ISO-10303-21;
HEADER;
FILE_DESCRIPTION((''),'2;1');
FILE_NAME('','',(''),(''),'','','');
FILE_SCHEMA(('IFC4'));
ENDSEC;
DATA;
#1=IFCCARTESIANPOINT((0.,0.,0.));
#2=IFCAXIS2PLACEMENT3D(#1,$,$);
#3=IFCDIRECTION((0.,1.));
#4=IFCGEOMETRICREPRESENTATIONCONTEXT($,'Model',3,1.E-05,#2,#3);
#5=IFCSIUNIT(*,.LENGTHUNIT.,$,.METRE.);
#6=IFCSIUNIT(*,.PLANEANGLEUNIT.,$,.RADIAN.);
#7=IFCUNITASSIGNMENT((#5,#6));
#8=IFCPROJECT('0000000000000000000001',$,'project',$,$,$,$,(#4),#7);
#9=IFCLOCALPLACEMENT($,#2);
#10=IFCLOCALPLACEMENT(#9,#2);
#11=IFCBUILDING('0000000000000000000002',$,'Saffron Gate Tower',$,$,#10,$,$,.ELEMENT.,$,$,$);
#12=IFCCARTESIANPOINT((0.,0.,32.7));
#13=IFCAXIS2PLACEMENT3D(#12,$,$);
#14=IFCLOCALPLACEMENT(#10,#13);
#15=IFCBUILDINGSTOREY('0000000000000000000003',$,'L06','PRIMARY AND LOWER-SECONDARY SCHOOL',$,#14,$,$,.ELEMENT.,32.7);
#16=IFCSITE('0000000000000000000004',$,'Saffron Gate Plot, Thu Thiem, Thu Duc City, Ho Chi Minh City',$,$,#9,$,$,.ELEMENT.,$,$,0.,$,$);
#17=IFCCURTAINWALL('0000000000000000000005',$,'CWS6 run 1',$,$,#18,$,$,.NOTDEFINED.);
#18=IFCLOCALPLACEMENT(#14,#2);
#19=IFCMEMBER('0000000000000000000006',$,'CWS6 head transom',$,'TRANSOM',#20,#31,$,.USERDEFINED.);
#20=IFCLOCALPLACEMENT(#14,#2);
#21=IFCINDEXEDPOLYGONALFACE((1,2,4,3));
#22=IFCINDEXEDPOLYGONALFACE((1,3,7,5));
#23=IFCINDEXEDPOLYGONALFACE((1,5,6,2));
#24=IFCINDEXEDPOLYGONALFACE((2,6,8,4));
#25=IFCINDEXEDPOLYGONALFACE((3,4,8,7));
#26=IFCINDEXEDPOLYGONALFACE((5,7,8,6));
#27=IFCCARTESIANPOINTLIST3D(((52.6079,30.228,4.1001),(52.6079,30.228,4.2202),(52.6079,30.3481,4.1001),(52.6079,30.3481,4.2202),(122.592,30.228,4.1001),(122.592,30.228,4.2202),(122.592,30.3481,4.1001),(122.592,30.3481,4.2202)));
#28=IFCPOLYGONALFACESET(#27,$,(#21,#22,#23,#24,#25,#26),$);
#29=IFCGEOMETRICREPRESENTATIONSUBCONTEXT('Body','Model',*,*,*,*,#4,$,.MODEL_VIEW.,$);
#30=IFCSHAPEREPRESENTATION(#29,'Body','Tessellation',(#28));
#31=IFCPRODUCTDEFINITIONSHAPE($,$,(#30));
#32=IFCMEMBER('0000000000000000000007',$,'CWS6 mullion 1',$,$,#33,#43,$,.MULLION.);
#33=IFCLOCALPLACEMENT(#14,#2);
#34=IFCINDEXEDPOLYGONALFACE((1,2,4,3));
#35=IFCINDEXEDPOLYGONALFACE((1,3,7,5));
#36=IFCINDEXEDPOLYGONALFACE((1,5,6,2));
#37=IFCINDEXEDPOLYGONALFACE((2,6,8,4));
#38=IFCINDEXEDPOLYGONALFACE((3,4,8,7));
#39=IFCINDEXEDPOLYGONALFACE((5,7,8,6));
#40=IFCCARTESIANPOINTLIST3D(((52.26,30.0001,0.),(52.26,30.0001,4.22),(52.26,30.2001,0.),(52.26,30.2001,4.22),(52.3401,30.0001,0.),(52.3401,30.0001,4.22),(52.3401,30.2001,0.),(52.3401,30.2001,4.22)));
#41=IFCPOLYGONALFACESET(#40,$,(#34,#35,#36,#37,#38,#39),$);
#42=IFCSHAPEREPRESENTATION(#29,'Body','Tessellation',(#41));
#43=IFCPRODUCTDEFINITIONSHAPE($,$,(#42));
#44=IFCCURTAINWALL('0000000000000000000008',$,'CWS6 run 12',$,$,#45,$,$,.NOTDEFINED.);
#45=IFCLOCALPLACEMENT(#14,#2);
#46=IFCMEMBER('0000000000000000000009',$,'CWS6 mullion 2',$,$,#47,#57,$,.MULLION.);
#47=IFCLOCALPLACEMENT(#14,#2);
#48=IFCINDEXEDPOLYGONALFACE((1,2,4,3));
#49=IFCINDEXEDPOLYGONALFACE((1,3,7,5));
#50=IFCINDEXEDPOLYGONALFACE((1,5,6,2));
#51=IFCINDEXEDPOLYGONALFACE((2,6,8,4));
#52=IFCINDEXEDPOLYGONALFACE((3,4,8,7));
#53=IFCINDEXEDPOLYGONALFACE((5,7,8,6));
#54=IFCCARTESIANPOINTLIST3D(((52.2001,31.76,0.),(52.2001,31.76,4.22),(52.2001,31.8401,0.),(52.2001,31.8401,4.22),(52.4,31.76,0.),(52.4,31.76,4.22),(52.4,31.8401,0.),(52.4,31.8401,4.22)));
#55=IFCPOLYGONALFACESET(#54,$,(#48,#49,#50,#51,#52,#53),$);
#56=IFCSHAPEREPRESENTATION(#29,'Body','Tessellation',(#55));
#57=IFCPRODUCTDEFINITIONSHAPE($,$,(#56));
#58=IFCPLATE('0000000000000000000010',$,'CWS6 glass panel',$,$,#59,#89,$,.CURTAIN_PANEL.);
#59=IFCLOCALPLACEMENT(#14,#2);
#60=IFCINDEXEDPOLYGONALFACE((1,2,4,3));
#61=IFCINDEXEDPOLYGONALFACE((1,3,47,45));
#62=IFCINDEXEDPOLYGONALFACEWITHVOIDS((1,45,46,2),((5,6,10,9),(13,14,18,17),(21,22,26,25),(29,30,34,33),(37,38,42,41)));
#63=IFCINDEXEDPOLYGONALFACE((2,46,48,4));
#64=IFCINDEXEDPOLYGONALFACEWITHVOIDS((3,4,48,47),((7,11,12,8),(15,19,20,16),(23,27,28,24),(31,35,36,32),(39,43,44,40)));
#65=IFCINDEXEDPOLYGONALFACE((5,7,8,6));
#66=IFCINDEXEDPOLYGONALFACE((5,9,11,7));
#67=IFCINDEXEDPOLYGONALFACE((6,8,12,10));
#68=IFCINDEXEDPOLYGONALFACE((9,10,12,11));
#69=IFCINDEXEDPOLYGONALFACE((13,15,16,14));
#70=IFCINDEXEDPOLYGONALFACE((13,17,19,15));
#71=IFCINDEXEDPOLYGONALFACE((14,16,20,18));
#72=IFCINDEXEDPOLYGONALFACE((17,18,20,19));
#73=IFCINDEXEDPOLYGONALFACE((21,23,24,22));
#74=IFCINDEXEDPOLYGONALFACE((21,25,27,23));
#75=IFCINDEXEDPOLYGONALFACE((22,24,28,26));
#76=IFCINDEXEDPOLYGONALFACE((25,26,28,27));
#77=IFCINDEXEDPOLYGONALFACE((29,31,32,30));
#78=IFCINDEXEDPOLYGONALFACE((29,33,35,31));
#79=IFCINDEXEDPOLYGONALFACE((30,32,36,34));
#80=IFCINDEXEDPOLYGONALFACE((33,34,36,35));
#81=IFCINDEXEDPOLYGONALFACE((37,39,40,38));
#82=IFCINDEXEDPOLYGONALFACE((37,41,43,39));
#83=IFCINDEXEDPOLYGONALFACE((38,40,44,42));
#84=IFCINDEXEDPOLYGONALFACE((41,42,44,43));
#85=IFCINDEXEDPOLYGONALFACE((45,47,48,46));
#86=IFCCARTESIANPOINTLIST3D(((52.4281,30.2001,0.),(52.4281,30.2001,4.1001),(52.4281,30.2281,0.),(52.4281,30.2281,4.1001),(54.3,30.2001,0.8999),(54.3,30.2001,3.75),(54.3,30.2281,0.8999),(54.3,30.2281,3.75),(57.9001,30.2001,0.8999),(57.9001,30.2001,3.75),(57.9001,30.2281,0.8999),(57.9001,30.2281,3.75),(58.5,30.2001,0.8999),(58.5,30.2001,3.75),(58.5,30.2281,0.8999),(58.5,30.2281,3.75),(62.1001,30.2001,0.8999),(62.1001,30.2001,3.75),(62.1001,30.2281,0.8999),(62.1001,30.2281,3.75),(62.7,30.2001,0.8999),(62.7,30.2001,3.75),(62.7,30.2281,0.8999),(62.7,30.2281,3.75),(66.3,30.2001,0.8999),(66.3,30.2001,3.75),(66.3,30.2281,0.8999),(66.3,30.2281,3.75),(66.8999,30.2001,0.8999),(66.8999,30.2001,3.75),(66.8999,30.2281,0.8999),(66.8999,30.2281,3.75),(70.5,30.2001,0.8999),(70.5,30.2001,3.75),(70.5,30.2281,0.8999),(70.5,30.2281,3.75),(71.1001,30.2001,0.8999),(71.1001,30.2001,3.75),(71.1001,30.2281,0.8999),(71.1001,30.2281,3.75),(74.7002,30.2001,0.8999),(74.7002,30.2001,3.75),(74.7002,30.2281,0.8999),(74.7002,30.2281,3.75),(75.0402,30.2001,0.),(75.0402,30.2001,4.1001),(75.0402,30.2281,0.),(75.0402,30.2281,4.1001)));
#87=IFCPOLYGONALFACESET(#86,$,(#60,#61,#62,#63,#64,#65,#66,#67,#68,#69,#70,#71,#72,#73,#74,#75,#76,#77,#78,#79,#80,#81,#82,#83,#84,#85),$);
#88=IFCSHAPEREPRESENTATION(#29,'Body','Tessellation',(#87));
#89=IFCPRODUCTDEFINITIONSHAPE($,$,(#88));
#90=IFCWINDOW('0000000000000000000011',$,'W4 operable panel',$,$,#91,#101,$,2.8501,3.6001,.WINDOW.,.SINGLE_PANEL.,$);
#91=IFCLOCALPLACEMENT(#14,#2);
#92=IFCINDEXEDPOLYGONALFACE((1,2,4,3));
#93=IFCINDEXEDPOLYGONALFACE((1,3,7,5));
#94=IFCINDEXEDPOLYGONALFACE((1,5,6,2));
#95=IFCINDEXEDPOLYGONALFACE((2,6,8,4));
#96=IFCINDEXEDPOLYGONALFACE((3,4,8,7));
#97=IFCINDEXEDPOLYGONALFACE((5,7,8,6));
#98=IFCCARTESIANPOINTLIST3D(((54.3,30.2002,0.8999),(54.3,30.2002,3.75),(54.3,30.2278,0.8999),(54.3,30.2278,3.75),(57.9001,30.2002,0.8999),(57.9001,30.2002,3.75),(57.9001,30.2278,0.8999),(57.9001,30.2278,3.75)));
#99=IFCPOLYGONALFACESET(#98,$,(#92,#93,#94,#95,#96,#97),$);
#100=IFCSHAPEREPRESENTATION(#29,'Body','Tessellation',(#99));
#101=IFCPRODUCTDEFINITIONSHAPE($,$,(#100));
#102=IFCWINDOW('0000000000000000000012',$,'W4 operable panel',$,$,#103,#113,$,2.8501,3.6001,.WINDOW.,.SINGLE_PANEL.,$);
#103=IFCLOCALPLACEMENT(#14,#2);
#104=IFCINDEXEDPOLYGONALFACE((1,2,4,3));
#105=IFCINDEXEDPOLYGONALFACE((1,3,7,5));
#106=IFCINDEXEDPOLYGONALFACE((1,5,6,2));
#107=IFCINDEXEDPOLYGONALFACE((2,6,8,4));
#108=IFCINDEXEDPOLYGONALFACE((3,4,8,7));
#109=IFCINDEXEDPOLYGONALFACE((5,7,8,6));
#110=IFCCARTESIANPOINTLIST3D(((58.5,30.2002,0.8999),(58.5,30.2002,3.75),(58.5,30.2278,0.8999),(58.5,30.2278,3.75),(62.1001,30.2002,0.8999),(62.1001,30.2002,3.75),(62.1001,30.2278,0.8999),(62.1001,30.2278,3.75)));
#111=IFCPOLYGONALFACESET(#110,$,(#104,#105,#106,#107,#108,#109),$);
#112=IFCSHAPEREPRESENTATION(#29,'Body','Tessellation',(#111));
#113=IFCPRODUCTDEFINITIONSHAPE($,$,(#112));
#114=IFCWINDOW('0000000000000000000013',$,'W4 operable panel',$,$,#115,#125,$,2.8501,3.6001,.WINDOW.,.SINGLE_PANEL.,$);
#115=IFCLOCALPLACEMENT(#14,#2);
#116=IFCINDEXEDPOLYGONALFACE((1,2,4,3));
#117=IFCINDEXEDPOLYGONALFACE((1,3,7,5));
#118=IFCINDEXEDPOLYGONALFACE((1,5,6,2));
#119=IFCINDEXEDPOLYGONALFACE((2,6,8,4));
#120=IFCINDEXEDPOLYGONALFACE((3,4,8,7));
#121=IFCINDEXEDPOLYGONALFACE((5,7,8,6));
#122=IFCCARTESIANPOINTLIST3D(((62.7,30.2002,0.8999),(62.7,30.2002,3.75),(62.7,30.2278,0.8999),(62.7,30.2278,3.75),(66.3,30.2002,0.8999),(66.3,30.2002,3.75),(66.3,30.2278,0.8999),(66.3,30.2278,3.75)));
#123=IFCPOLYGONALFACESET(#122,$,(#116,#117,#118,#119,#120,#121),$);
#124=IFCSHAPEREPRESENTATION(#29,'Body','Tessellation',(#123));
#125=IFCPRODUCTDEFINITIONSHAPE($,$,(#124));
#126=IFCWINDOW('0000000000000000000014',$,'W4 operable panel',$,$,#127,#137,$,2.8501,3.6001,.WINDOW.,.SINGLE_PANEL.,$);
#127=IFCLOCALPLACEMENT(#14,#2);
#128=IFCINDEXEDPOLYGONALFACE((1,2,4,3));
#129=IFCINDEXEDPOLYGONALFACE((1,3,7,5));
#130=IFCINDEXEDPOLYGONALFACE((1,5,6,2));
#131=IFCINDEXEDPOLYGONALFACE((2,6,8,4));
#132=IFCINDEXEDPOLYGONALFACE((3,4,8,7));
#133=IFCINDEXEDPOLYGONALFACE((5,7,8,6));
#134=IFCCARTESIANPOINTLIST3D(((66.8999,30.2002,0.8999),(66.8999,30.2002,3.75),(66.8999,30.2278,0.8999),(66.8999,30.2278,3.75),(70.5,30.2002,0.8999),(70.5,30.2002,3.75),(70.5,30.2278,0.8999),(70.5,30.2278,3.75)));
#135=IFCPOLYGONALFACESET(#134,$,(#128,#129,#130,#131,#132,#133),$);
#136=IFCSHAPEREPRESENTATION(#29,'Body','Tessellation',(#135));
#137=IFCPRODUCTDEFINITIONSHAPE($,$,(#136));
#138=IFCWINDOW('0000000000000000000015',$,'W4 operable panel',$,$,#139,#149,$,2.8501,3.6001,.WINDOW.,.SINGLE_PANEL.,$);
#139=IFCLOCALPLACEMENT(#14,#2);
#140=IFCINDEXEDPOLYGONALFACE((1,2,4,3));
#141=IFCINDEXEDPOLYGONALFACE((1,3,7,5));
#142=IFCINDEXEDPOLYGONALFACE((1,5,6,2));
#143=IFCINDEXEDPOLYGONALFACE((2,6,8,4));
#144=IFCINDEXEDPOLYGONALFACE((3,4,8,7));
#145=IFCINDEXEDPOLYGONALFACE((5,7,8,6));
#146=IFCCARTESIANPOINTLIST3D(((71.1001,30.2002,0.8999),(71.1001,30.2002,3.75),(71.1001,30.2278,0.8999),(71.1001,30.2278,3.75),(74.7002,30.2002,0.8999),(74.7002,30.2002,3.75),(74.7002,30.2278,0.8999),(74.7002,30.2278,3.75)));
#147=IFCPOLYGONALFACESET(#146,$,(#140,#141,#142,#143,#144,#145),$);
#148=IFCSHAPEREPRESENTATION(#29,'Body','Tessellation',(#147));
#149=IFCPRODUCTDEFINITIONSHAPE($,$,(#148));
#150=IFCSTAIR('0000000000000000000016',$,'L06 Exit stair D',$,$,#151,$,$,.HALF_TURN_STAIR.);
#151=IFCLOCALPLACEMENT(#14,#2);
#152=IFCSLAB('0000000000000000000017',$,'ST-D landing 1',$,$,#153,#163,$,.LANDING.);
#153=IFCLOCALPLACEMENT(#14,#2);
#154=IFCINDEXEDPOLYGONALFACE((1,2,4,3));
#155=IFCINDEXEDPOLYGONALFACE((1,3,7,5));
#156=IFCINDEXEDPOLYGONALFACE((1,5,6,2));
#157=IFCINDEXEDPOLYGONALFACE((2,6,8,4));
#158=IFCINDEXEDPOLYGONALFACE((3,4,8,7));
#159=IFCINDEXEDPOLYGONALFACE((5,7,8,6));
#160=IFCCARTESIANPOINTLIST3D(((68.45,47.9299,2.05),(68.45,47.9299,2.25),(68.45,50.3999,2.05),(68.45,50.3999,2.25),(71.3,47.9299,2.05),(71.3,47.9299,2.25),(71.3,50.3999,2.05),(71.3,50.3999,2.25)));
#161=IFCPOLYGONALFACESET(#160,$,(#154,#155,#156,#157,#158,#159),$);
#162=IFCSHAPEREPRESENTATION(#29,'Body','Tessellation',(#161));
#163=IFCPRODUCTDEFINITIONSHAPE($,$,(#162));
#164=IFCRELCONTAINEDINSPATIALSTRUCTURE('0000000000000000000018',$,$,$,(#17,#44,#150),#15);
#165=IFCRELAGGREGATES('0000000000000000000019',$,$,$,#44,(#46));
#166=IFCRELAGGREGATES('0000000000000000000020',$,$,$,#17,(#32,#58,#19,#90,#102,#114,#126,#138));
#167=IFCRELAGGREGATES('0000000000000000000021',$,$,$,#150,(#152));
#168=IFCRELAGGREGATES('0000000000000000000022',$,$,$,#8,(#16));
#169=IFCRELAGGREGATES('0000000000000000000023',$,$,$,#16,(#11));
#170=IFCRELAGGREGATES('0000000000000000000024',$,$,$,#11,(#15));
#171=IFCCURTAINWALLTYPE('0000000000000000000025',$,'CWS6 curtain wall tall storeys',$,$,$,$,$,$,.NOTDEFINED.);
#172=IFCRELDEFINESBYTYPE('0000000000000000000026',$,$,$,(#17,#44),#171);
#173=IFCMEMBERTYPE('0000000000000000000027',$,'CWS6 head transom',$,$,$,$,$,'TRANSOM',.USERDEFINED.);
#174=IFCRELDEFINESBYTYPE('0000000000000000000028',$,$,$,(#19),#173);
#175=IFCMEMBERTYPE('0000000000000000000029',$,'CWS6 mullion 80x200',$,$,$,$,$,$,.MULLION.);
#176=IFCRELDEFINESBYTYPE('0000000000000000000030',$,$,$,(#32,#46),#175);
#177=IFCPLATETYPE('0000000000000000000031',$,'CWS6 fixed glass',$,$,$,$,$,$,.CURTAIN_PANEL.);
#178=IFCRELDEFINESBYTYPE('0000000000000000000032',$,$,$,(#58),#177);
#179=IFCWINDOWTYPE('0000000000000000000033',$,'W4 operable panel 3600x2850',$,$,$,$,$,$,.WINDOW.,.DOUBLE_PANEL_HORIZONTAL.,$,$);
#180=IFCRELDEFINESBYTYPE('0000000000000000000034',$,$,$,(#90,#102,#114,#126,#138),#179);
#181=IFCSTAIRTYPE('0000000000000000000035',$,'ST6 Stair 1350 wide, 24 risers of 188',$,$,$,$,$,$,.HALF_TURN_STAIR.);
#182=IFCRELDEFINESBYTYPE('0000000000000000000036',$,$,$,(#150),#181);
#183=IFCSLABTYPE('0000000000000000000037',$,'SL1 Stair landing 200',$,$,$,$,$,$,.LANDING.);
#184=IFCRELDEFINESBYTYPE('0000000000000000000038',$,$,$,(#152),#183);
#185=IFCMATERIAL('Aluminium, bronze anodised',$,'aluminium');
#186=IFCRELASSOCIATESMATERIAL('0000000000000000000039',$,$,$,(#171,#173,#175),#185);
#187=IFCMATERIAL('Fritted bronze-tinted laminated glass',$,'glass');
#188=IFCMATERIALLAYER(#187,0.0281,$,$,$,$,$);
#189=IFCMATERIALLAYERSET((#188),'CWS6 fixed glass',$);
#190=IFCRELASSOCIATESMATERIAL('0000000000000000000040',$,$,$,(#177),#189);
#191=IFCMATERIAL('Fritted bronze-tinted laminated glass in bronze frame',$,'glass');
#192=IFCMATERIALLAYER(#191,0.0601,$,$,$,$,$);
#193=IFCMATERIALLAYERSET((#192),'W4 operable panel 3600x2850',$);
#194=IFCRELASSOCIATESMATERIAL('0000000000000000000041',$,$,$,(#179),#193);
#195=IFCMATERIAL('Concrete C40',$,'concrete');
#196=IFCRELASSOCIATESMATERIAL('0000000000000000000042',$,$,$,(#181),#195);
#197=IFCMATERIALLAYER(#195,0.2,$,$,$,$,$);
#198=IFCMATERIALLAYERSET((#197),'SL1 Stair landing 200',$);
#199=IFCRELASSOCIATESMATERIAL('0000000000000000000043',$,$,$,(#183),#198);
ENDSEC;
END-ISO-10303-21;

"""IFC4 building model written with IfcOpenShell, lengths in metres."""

from ifc_helpers import new_model, si_unit, direction, frame, frame_2d, origin, origin_2d, place, context, subcontext, project, spatial, polyline, rectangle, outline, extrude, material, layer, layer_set, material_profile, profile_set, type_object, element, fill, aggregate, save


model = new_model("IFC4")

# Units and contexts
model_context = context("Model", 3, precision=1e-05, world=origin(), true_north=direction((0.0, 1.0)))
body_context = subcontext(model_context, "Body", "Model", "MODEL_VIEW")
ifc_project = project(units=[si_unit("LENGTHUNIT", "METRE"), si_unit("PLANEANGLEUNIT", "RADIAN")], contexts=[model_context])

# Site, building, storey
site_placement = place(None, origin())
site = spatial("IfcSite", under=ifc_project, at=site_placement, Name="Saffron Gate Plot, Thu Thiem, Thu Duc City, Ho Chi Minh City", CompositionType="ELEMENT", RefElevation=0.0)
building_placement = place(site_placement, origin())
building = spatial("IfcBuilding", under=site, at=building_placement, Name="Saffron Gate Tower", CompositionType="ELEMENT")
storey_placement = place(building_placement, frame((0.0, 0.0, 32.7)))
storey = spatial("IfcBuildingStorey", under=building, at=storey_placement, Name="L06", Description="PRIMARY AND LOWER-SECONDARY SCHOOL", CompositionType="ELEMENT", Elevation=32.7)

# Curtain wall, members
ifc_material_1 = material(Name="Aluminium, bronze anodised", Category="aluminium")
curtain_wall_type = type_object("IfcCurtainWallType", Name="CWS6 curtain wall tall storeys", PredefinedType="NOTDEFINED", material=ifc_material_1)
curtain_wall_1_placement = place(storey_placement, origin())
curtain_wall_1 = element("IfcCurtainWall", 1, at=curtain_wall_1_placement, inside=storey, type_object=curtain_wall_type, Name="CWS6 run 1", PredefinedType="NOTDEFINED")
ifc_material_profile_1 = material_profile(ifc_material_1, rectangle(XDim=0.1201, YDim=0.1201, at=origin_2d()))
ifc_profile_set_1 = profile_set([ifc_material_profile_1], Name="Aluminium, bronze anodised")
member_type_1 = type_object("IfcMemberType", Name="CWS6 head transom", ElementType="TRANSOM", PredefinedType="USERDEFINED", material=ifc_profile_set_1)
member_1_placement = place(storey_placement, frame((52.6079, 30.2881, 4.1602), z_axis=(1.0, 0.0, 0.0), x_axis=(0.0, 1.0, 0.0)))
member_1 = element("IfcMember", 2, at=member_1_placement, type_object=member_type_1, Name="CWS6 head transom", ObjectType="TRANSOM", PredefinedType="USERDEFINED", context=body_context, shape_type="SweptSolid", body=[
    extrude(rectangle(XDim=0.1201, YDim=0.1201, at=origin_2d()), origin(), (0.0, 0.0, 1.0), 69.9841),
])
ifc_material_profile_2 = material_profile(ifc_material_1, rectangle(XDim=0.2, YDim=0.0801, at=origin_2d()))
ifc_profile_set_2 = profile_set([ifc_material_profile_2], Name="Aluminium, bronze anodised")
member_type_2 = type_object("IfcMemberType", Name="CWS6 mullion 80x200", PredefinedType="MULLION", material=ifc_profile_set_2)
member_2_placement = place(storey_placement, frame((52.3, 30.1001, 0.0), z_axis=(0.0, 0.0, 1.0), x_axis=(0.0, 1.0, 0.0)))
member_2 = element("IfcMember", 3, at=member_2_placement, type_object=member_type_2, Name="CWS6 mullion 1", PredefinedType="MULLION", context=body_context, shape_type="SweptSolid", body=[
    extrude(rectangle(XDim=0.2, YDim=0.0801, at=origin_2d()), origin(), (0.0, 0.0, 1.0), 4.22),
])

# Curtain wall, member
curtain_wall_2_placement = place(storey_placement, origin())
curtain_wall_2 = element("IfcCurtainWall", 4, at=curtain_wall_2_placement, inside=storey, type_object=curtain_wall_type, Name="CWS6 run 12", PredefinedType="NOTDEFINED")
member_3_placement = place(storey_placement, frame((52.3, 31.8, 0.0), z_axis=(0.0, 0.0, 1.0), x_axis=(1.0, 0.0, 0.0)))
member_3 = element("IfcMember", 5, at=member_3_placement, type_object=member_type_2, Name="CWS6 mullion 2", PredefinedType="MULLION", context=body_context, shape_type="SweptSolid", body=[
    extrude(rectangle(XDim=0.2, YDim=0.0801, at=origin_2d()), origin(), (0.0, 0.0, 1.0), 4.22),
])
aggregate(curtain_wall_2, [member_3])

# Plate, openings, windows
ifc_material_2 = material(Name="Fritted bronze-tinted laminated glass", Category="glass")
ifc_layer_1 = layer(ifc_material_2, 0.0281)
ifc_layer_set_1 = layer_set([ifc_layer_1], Name="CWS6 fixed glass")
plate_type = type_object("IfcPlateType", Name="CWS6 fixed glass", PredefinedType="CURTAIN_PANEL", material=ifc_layer_set_1)
plate_placement = place(storey_placement, frame((52.428, 30.2141, 0.0), z_axis=(0.0, 0.0, 1.0), x_axis=(1.0, 0.0, 0.0)))
plate = element("IfcPlate", 6, at=plate_placement, type_object=plate_type, Name="CWS6 glass panel", PredefinedType="CURTAIN_PANEL", context=body_context, shape_type="SweptSolid", body=[
    extrude(rectangle(XDim=22.6121, YDim=0.0281, at=frame_2d((11.3062, 0.0))), origin(), (0.0, 0.0, 1.0), 4.1001),
])
opening_1_placement = place(plate_placement, frame((1.8721, 0.0, 0.8999)))
opening_1 = element("IfcOpeningElement", 7, at=opening_1_placement, cuts=plate, PredefinedType="OPENING", context=body_context, shape_type="SweptSolid", body=[
    extrude(rectangle(XDim=3.6001, YDim=2.8501, at=frame_2d((1.8, 1.425))), frame((0.0, 0.0239, 0.0), z_axis=(0.0, -1.0, 0.0), x_axis=(1.0, 0.0, 0.0)), (0.0, 0.0, 1.0), 0.0481),
])
opening_2_placement = place(plate_placement, frame((6.072, 0.0, 0.8999)))
opening_2 = element("IfcOpeningElement", 8, at=opening_2_placement, cuts=plate, PredefinedType="OPENING", context=body_context, shape_type="SweptSolid", body=[
    extrude(rectangle(XDim=3.6001, YDim=2.8501, at=frame_2d((1.8, 1.425))), frame((0.0, 0.0239, 0.0), z_axis=(0.0, -1.0, 0.0), x_axis=(1.0, 0.0, 0.0)), (0.0, 0.0, 1.0), 0.0481),
])
opening_3_placement = place(plate_placement, frame((10.272, 0.0, 0.8999)))
opening_3 = element("IfcOpeningElement", 9, at=opening_3_placement, cuts=plate, PredefinedType="OPENING", context=body_context, shape_type="SweptSolid", body=[
    extrude(rectangle(XDim=3.6001, YDim=2.8501, at=frame_2d((1.8, 1.425))), frame((0.0, 0.0239, 0.0), z_axis=(0.0, -1.0, 0.0), x_axis=(1.0, 0.0, 0.0)), (0.0, 0.0, 1.0), 0.0481),
])
opening_4_placement = place(plate_placement, frame((14.4719, 0.0, 0.8999)))
opening_4 = element("IfcOpeningElement", 10, at=opening_4_placement, cuts=plate, PredefinedType="OPENING", context=body_context, shape_type="SweptSolid", body=[
    extrude(rectangle(XDim=3.6001, YDim=2.8501, at=frame_2d((1.8, 1.425))), frame((0.0, 0.0239, 0.0), z_axis=(0.0, -1.0, 0.0), x_axis=(1.0, 0.0, 0.0)), (0.0, 0.0, 1.0), 0.0481),
])
opening_5_placement = place(plate_placement, frame((18.6721, 0.0, 0.8999)))
opening_5 = element("IfcOpeningElement", 11, at=opening_5_placement, cuts=plate, PredefinedType="OPENING", context=body_context, shape_type="SweptSolid", body=[
    extrude(rectangle(XDim=3.6001, YDim=2.8501, at=frame_2d((1.8, 1.425))), frame((0.0, 0.0239, 0.0), z_axis=(0.0, -1.0, 0.0), x_axis=(1.0, 0.0, 0.0)), (0.0, 0.0, 1.0), 0.0481),
])
ifc_material_3 = material(Name="Fritted bronze-tinted laminated glass in bronze frame", Category="glass")
ifc_layer_2 = layer(ifc_material_3, 0.0601)
ifc_layer_set_2 = layer_set([ifc_layer_2], Name="W4 operable panel 3600x2850")
window_type = type_object("IfcWindowType", Name="W4 operable panel 3600x2850", PartitioningType="DOUBLE_PANEL_HORIZONTAL", PredefinedType="WINDOW", material=ifc_layer_set_2)
window_1_placement = place(opening_1_placement, origin())
window_1 = element("IfcWindow", 12, at=window_1_placement, type_object=window_type, Name="W4 operable panel", OverallHeight=2.8501, OverallWidth=3.6001, PartitioningType="SINGLE_PANEL", PredefinedType="WINDOW", context=body_context, shape_type="SweptSolid", body=[
    extrude(rectangle(XDim=3.6001, YDim=2.8501, at=frame_2d((1.8, 1.425))), frame((0.0, 0.0137, 0.0), z_axis=(0.0, -1.0, 0.0), x_axis=(1.0, 0.0, 0.0)), (0.0, 0.0, 1.0), 0.0276),
])
fill(opening_1, window_1)
window_2_placement = place(opening_2_placement, origin())
window_2 = element("IfcWindow", 13, at=window_2_placement, type_object=window_type, Name="W4 operable panel", OverallHeight=2.8501, OverallWidth=3.6001, PartitioningType="SINGLE_PANEL", PredefinedType="WINDOW", context=body_context, shape_type="SweptSolid", body=[
    extrude(rectangle(XDim=3.6001, YDim=2.8501, at=frame_2d((1.8, 1.425))), frame((0.0, 0.0137, 0.0), z_axis=(0.0, -1.0, 0.0), x_axis=(1.0, 0.0, 0.0)), (0.0, 0.0, 1.0), 0.0276),
])
fill(opening_2, window_2)
window_3_placement = place(opening_3_placement, origin())
window_3 = element("IfcWindow", 14, at=window_3_placement, type_object=window_type, Name="W4 operable panel", OverallHeight=2.8501, OverallWidth=3.6001, PartitioningType="SINGLE_PANEL", PredefinedType="WINDOW", context=body_context, shape_type="SweptSolid", body=[
    extrude(rectangle(XDim=3.6001, YDim=2.8501, at=frame_2d((1.8, 1.425))), frame((0.0, 0.0137, 0.0), z_axis=(0.0, -1.0, 0.0), x_axis=(1.0, 0.0, 0.0)), (0.0, 0.0, 1.0), 0.0276),
])
fill(opening_3, window_3)
window_4_placement = place(opening_4_placement, origin())
window_4 = element("IfcWindow", 15, at=window_4_placement, type_object=window_type, Name="W4 operable panel", OverallHeight=2.8501, OverallWidth=3.6001, PartitioningType="SINGLE_PANEL", PredefinedType="WINDOW", context=body_context, shape_type="SweptSolid", body=[
    extrude(rectangle(XDim=3.6001, YDim=2.8501, at=frame_2d((1.8, 1.425))), frame((0.0, 0.0137, 0.0), z_axis=(0.0, -1.0, 0.0), x_axis=(1.0, 0.0, 0.0)), (0.0, 0.0, 1.0), 0.0276),
])
fill(opening_4, window_4)
window_5_placement = place(opening_5_placement, origin())
window_5 = element("IfcWindow", 16, at=window_5_placement, type_object=window_type, Name="W4 operable panel", OverallHeight=2.8501, OverallWidth=3.6001, PartitioningType="SINGLE_PANEL", PredefinedType="WINDOW", context=body_context, shape_type="SweptSolid", body=[
    extrude(rectangle(XDim=3.6001, YDim=2.8501, at=frame_2d((1.8, 1.425))), frame((0.0, 0.0137, 0.0), z_axis=(0.0, -1.0, 0.0), x_axis=(1.0, 0.0, 0.0)), (0.0, 0.0, 1.0), 0.0276),
])
fill(opening_5, window_5)
aggregate(curtain_wall_1, [member_2, plate, member_1, window_1, window_2, window_3, window_4, window_5])

# Stair, slab
ifc_material_4 = material(Name="Concrete C40", Category="concrete")
stair_type = type_object("IfcStairType", Name="ST6 Stair 1350 wide, 24 risers of 188", PredefinedType="HALF_TURN_STAIR", material=ifc_material_4)
stair_1_placement = place(storey_placement, origin())
stair_1 = element("IfcStair", 17, at=stair_1_placement, inside=storey, type_object=stair_type, Name="L06 Exit stair D", PredefinedType="HALF_TURN_STAIR")
ifc_layer_3 = layer(ifc_material_4, 0.2)
ifc_layer_set_3 = layer_set([ifc_layer_3], Name="SL1 Stair landing 200")
slab_type = type_object("IfcSlabType", Name="SL1 Stair landing 200", PredefinedType="LANDING", material=ifc_layer_set_3)
slab_1_placement = place(storey_placement, frame((0.0, 0.0, 2.05)))
slab_1 = element("IfcSlab", 18, at=slab_1_placement, type_object=slab_type, Name="ST-D landing 1", PredefinedType="LANDING", context=body_context, shape_type="SweptSolid", body=[
    extrude(outline(polyline([(71.3, 47.9299), (71.3, 50.3999), (68.45, 50.3999), (68.45, 47.9299), (71.3, 47.9299)])), origin(), (0.0, 0.0, 1.0), 0.2),
])
aggregate(stair_1, [slab_1])

save(model, "model.ifc")
